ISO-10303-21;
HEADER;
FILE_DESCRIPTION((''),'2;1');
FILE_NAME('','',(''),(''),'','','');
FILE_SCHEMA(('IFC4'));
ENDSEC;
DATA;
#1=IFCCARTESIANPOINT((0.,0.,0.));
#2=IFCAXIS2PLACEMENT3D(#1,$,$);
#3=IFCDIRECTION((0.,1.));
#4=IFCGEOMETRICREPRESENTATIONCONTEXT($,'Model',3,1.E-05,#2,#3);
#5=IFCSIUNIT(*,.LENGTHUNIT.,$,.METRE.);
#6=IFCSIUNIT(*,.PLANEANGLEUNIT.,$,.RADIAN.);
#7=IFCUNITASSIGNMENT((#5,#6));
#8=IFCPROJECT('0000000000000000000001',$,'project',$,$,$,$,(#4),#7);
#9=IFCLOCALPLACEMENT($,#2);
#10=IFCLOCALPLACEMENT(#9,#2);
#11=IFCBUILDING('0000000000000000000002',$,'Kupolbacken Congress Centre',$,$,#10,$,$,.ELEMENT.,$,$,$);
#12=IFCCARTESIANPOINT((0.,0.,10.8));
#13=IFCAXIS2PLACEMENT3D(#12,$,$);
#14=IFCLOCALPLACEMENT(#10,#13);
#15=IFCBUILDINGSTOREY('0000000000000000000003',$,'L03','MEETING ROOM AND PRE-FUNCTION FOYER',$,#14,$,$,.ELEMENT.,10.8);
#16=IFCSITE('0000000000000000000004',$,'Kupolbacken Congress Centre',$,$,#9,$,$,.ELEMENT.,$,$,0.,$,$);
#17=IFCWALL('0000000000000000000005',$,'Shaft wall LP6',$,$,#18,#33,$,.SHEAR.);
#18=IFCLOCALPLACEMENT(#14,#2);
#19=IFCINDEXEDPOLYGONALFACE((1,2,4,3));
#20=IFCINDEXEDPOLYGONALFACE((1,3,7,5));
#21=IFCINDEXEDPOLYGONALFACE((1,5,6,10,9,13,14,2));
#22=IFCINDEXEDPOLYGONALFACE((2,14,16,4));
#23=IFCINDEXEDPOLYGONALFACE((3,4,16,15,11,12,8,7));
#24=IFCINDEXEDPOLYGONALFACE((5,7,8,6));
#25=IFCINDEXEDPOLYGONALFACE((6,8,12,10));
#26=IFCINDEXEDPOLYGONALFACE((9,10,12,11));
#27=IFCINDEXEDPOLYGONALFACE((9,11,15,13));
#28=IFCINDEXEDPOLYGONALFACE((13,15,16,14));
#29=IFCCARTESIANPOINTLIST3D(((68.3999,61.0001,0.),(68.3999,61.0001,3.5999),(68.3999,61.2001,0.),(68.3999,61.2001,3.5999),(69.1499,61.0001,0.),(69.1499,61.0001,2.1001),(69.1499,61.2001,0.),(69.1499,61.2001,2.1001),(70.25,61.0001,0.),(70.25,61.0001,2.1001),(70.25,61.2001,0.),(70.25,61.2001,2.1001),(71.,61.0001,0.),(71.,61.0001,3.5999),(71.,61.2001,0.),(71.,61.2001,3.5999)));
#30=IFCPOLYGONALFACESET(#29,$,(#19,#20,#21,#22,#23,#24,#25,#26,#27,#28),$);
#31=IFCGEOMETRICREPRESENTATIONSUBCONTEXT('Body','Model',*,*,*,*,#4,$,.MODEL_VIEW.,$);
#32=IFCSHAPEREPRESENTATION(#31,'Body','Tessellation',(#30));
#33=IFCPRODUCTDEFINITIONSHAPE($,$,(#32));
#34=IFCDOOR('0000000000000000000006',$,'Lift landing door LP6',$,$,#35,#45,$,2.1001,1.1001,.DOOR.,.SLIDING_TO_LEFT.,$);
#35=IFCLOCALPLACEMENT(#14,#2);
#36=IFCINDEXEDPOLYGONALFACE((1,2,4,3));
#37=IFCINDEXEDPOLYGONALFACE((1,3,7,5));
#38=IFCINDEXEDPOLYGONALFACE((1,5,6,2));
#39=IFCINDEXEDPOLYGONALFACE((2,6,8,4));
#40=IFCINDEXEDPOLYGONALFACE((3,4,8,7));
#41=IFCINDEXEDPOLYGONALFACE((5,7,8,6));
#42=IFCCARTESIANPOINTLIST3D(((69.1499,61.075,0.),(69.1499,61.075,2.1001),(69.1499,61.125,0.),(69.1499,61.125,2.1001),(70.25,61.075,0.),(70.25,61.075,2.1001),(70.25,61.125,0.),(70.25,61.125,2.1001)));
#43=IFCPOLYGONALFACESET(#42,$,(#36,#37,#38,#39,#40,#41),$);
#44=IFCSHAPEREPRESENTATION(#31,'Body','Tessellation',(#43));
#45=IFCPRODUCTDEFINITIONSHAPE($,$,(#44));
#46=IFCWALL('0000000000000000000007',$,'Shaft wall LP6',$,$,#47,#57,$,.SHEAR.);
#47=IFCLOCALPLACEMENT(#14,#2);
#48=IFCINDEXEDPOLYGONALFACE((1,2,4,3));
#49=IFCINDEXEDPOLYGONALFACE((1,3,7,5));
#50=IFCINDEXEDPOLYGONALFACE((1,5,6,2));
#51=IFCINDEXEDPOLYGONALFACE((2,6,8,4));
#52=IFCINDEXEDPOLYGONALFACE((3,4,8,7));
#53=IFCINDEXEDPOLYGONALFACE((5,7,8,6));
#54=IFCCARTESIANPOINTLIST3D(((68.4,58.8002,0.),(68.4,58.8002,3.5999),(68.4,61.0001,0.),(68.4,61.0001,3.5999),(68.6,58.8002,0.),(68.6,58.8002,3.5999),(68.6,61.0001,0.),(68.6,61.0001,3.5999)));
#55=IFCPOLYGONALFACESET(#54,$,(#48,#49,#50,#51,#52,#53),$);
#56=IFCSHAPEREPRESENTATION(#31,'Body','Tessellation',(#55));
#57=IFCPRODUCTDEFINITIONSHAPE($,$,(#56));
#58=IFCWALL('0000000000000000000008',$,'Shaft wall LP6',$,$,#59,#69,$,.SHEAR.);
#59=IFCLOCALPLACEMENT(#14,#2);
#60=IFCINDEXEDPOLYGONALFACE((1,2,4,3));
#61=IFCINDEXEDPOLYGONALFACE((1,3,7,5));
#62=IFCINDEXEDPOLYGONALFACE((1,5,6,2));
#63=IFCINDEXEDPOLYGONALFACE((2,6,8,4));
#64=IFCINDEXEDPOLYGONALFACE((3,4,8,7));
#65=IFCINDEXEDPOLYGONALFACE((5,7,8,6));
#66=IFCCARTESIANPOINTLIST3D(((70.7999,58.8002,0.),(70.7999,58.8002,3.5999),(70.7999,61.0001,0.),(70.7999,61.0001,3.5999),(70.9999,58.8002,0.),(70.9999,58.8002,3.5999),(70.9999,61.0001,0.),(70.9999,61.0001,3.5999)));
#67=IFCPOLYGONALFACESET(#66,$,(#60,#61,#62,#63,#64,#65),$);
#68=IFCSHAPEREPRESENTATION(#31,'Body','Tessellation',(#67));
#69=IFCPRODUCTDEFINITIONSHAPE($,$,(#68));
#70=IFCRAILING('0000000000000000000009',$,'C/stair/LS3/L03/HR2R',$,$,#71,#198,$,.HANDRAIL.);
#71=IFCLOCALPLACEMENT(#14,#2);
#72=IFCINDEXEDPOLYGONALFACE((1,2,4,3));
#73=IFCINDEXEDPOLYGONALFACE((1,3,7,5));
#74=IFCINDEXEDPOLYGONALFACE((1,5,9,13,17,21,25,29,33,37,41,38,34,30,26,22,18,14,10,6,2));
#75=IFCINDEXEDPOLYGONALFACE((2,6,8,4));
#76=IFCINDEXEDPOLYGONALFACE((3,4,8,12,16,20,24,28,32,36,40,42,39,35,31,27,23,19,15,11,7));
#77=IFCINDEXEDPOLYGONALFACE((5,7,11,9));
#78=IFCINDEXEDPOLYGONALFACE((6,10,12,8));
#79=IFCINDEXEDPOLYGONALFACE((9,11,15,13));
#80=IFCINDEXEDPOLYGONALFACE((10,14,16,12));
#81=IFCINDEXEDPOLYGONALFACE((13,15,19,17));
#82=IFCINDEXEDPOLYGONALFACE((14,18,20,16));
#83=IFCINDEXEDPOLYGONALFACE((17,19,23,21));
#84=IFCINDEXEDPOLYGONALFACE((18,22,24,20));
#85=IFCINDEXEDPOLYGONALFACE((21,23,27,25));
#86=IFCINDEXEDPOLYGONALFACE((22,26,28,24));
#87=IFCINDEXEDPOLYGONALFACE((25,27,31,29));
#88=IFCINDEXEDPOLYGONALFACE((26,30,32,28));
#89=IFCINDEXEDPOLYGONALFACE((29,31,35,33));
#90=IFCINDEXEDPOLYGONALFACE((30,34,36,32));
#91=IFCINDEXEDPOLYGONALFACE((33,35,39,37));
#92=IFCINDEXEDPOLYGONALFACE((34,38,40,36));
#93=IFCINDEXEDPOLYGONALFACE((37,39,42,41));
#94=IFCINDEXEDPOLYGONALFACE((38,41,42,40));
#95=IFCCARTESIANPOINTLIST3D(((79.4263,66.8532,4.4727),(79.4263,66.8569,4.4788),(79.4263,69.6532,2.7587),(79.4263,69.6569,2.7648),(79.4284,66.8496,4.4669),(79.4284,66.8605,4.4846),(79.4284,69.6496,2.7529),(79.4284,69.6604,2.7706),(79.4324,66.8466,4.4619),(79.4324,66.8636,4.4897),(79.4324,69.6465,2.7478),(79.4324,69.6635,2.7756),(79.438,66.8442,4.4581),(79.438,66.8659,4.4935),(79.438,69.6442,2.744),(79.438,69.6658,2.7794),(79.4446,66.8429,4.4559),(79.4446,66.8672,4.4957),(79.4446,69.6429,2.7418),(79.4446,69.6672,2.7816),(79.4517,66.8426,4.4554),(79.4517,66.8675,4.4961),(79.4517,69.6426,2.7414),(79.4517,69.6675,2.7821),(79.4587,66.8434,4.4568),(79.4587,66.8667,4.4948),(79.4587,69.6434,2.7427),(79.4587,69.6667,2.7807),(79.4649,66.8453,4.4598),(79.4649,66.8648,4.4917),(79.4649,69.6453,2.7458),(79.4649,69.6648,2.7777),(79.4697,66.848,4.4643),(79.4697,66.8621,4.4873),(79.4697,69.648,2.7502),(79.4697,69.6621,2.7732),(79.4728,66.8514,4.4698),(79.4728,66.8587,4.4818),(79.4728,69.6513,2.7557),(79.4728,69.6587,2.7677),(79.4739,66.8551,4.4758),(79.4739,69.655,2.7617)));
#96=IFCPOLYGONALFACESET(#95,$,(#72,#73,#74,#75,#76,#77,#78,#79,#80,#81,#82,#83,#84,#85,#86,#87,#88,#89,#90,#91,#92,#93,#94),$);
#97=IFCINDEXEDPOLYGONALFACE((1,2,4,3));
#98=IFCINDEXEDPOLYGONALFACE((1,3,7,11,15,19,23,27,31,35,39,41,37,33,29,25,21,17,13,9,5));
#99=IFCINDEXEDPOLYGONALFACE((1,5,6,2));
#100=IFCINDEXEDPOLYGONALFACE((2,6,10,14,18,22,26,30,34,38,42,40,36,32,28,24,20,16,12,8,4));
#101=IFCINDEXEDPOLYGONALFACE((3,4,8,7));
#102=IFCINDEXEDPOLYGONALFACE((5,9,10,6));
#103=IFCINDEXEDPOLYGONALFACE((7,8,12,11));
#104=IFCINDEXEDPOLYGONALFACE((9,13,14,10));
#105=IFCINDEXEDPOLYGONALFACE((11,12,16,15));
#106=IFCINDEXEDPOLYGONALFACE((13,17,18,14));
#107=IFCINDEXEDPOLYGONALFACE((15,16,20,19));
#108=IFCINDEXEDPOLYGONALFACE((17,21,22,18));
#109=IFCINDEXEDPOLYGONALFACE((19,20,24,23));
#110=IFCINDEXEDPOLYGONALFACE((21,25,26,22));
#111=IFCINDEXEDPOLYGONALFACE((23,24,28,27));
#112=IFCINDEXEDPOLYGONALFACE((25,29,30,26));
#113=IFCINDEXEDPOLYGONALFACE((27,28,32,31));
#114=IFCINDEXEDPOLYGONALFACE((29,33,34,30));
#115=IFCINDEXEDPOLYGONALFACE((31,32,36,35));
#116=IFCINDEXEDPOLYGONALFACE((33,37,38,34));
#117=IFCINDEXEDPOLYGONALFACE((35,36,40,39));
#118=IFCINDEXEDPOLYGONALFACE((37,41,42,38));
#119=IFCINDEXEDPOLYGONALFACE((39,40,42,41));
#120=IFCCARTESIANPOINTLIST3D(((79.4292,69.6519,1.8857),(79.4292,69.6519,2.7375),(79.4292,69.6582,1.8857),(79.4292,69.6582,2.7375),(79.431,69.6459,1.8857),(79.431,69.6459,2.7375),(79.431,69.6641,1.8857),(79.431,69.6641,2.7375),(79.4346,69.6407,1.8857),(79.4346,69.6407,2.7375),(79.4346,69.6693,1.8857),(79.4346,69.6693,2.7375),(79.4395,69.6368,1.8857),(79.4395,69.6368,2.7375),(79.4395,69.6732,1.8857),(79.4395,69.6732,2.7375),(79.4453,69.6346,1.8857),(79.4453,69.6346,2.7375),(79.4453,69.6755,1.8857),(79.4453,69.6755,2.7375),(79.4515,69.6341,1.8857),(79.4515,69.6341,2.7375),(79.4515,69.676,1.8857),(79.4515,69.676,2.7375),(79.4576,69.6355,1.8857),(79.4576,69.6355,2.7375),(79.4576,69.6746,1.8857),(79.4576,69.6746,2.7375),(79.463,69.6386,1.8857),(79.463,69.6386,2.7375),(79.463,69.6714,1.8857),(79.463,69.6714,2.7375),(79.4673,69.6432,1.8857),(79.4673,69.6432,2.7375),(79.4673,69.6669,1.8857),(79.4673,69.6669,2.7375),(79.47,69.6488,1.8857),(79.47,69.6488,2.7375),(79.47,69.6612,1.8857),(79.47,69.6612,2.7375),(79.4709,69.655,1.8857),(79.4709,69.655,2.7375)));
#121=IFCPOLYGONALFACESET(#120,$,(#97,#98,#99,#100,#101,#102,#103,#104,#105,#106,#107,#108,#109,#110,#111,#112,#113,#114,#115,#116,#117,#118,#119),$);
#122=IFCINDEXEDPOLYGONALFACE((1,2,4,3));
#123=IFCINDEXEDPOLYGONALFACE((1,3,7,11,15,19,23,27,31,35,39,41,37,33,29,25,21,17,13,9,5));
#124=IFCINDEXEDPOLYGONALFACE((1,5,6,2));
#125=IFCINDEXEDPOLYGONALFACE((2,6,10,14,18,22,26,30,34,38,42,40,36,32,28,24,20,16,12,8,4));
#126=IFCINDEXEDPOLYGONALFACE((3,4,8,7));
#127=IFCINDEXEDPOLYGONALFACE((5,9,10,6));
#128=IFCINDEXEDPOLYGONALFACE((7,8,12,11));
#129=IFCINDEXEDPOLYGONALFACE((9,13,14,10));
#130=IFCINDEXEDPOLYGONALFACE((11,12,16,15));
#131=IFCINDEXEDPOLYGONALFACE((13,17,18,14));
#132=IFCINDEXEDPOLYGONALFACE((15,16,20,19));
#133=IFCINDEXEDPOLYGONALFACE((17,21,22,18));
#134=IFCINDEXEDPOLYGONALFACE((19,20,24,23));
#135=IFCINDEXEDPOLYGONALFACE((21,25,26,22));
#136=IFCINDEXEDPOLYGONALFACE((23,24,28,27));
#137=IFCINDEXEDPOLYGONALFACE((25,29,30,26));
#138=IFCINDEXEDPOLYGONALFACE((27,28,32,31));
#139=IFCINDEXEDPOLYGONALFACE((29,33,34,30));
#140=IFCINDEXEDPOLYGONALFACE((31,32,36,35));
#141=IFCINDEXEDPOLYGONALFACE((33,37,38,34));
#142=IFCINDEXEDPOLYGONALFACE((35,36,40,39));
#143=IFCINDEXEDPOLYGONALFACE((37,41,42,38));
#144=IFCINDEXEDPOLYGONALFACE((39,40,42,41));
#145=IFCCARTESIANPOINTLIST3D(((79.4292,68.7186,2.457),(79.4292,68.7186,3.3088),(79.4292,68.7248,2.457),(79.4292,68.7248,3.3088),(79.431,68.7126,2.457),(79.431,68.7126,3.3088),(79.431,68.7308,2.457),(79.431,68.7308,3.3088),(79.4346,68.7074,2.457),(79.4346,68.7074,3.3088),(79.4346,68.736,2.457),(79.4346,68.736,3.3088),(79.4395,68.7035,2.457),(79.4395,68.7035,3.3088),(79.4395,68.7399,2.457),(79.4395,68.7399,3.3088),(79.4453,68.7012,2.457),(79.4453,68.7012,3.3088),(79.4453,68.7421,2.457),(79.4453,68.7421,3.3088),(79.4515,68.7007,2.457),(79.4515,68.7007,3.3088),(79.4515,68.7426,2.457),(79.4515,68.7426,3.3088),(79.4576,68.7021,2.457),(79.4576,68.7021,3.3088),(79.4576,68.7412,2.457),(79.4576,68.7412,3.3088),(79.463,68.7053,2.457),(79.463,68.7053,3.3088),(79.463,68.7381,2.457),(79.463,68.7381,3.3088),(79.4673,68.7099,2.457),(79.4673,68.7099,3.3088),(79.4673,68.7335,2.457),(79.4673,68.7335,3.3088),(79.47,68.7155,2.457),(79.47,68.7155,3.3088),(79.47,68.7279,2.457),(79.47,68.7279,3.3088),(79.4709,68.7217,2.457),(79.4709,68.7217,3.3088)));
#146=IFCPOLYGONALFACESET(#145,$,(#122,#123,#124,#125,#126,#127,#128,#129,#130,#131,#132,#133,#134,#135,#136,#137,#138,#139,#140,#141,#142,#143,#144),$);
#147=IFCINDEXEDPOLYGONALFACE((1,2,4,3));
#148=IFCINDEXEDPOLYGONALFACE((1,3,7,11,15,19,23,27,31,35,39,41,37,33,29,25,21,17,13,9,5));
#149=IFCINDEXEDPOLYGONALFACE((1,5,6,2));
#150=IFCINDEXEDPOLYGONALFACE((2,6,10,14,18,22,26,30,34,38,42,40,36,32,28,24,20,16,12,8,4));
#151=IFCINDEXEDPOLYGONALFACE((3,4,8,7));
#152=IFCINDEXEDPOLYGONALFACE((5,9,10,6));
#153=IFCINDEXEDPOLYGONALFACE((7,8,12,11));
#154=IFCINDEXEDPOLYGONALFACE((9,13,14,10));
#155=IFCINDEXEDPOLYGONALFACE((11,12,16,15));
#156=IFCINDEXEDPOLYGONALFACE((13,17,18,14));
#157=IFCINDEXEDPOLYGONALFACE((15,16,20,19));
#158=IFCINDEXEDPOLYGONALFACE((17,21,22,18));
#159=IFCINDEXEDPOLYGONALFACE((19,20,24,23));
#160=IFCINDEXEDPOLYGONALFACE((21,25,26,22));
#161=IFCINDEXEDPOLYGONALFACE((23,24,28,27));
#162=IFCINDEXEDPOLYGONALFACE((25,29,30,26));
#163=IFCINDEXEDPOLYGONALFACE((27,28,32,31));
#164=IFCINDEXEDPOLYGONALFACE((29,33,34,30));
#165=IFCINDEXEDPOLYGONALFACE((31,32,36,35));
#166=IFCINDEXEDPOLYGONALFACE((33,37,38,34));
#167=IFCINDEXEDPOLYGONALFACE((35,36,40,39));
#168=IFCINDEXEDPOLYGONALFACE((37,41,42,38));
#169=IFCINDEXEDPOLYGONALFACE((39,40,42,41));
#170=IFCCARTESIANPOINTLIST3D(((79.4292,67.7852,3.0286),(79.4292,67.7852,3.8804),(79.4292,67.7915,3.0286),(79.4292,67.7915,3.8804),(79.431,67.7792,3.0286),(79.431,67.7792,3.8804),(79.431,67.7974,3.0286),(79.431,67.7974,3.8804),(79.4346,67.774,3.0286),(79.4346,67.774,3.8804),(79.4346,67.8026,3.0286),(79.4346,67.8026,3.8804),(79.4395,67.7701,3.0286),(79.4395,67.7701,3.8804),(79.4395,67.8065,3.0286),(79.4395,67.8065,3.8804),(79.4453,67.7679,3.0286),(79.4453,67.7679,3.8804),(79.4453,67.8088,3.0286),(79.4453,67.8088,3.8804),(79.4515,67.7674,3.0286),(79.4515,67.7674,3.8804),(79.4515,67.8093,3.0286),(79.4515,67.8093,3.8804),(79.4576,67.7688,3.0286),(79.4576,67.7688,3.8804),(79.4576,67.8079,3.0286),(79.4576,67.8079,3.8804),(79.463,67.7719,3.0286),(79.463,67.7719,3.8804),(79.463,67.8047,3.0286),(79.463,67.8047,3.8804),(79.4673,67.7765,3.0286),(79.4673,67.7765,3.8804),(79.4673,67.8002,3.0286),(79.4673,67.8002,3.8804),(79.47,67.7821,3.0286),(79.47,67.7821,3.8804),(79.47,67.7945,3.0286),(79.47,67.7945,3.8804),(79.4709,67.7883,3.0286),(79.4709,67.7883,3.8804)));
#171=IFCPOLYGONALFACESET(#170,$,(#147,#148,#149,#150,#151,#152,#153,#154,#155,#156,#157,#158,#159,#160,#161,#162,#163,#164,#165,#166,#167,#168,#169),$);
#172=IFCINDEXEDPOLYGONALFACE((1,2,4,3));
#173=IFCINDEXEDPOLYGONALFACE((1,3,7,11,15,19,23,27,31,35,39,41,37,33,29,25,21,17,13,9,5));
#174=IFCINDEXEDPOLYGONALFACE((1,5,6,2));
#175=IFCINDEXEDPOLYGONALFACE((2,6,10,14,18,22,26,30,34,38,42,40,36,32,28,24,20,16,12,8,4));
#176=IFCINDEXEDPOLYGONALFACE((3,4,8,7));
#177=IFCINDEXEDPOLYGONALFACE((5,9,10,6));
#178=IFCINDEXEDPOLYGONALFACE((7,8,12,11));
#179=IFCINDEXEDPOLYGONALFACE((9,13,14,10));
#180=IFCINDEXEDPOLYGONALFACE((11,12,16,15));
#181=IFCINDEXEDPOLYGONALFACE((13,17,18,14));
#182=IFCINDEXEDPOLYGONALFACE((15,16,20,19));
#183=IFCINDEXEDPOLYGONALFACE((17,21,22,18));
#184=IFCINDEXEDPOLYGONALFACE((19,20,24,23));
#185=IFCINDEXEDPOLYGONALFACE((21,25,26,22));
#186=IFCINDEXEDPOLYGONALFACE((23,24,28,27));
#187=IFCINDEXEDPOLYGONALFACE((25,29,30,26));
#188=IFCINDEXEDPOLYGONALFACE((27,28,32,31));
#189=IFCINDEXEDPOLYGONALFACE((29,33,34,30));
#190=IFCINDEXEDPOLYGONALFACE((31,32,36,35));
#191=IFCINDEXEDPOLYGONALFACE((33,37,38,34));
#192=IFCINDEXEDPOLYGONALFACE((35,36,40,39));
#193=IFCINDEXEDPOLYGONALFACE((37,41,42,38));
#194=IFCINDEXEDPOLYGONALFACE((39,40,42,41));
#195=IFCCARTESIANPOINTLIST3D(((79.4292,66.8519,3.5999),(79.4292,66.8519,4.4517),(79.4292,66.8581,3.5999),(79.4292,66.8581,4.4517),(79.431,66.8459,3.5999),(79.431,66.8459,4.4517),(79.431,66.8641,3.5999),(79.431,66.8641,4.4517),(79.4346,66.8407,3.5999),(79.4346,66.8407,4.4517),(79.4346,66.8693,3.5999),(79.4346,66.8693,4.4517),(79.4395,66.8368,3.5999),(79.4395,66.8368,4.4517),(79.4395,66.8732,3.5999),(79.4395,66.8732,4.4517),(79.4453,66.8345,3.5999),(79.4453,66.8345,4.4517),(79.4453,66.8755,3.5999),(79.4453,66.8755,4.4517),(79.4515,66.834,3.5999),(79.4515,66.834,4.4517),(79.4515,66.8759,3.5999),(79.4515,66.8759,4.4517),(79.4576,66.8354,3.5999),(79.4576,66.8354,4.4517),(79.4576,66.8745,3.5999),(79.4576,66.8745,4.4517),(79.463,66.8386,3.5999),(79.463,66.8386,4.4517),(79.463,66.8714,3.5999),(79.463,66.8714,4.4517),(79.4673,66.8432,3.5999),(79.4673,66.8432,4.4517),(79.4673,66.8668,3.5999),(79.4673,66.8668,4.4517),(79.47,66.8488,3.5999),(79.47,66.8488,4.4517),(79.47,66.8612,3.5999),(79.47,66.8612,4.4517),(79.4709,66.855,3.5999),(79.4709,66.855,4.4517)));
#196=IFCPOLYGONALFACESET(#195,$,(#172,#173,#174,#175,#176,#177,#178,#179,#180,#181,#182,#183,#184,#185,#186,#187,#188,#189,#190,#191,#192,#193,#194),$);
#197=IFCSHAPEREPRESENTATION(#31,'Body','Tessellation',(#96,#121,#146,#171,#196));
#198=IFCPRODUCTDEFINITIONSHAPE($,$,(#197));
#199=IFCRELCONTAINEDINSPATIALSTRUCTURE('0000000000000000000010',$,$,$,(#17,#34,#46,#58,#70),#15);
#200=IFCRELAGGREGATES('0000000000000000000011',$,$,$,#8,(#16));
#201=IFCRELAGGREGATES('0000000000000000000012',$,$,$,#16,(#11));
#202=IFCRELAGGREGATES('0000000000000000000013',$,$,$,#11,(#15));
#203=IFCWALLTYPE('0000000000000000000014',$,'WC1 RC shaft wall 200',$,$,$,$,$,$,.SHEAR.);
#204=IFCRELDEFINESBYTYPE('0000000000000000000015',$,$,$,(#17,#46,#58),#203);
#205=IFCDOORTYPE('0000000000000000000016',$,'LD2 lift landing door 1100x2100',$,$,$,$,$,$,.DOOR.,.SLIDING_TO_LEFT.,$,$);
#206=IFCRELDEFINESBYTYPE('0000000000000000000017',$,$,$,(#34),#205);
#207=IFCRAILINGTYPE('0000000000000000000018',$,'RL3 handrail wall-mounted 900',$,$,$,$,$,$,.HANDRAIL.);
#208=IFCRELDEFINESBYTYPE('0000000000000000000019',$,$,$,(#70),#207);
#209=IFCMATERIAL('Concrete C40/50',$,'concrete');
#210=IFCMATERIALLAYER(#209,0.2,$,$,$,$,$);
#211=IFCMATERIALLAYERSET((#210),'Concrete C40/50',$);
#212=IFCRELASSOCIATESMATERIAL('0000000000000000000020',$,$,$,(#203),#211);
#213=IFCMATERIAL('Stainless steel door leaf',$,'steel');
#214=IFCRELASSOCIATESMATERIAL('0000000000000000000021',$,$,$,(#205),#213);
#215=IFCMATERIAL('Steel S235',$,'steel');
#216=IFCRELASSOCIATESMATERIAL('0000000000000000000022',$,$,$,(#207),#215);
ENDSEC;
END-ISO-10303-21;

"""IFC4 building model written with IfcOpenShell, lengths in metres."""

from ifc_helpers import new_model, si_unit, direction, frame, frame_2d, origin, origin_2d, place, context, subcontext, project, spatial, rectangle, circle, extrude, material, layer, layer_set, type_object, element, fill, save


model = new_model("IFC4")

# Units and contexts
model_context = context("Model", 3, precision=1e-05, world=origin(), true_north=direction((0.0, 1.0)))
body_context = subcontext(model_context, "Body", "Model", "MODEL_VIEW")
ifc_project = project(units=[si_unit("LENGTHUNIT", "METRE"), si_unit("PLANEANGLEUNIT", "RADIAN")], contexts=[model_context])

# Site, building, storey
site_placement = place(None, origin())
site = spatial("IfcSite", under=ifc_project, at=site_placement, Name="Kupolbacken Congress Centre", CompositionType="ELEMENT", RefElevation=0.0)
building_placement = place(site_placement, origin())
building = spatial("IfcBuilding", under=site, at=building_placement, Name="Kupolbacken Congress Centre", CompositionType="ELEMENT")
storey_placement = place(building_placement, frame((0.0, 0.0, 10.8)))
storey = spatial("IfcBuildingStorey", under=building, at=storey_placement, Name="L03", Description="MEETING ROOM AND PRE-FUNCTION FOYER", CompositionType="ELEMENT", Elevation=10.8)

# Shared definitions
ifc_material_1 = material(Name="Concrete C40/50", Category="concrete")
ifc_layer_1 = layer(ifc_material_1, 0.2)
ifc_layer_set_1 = layer_set([ifc_layer_1], Name="Concrete C40/50")
wall_type_1 = type_object("IfcWallType", Name="WC1 RC shaft wall 200", PredefinedType="SHEAR", material=ifc_layer_set_1)

# Wall, opening, door
wall_1_placement = place(storey_placement, frame((68.3999, 61.1001, 0.0), z_axis=(0.0, 0.0, 1.0), x_axis=(1.0, 0.0, 0.0)))
wall_1 = element("IfcWall", 1, at=wall_1_placement, inside=storey, type_object=wall_type_1, Name="Shaft wall LP6", PredefinedType="SHEAR", context=body_context, shape_type="SweptSolid", body=[
    extrude(rectangle(XDim=2.6001, YDim=0.2, at=frame_2d((1.3, 0.0))), origin(), (0.0, 0.0, 1.0), 3.5999),
])
opening_1_placement = place(wall_1_placement, frame((0.75, 0.0, 0.0)))
opening_1 = element("IfcOpeningElement", 2, at=opening_1_placement, cuts=wall_1, PredefinedType="OPENING", context=body_context, shape_type="SweptSolid", body=[
    extrude(rectangle(XDim=1.1001, YDim=2.1001, at=frame_2d((0.55, 1.05))), frame((0.0, 0.1099, 0.0), z_axis=(0.0, -1.0, 0.0), x_axis=(1.0, 0.0, 0.0)), (0.0, 0.0, 1.0), 0.22),
])
ifc_material_2 = material(Name="Stainless steel door leaf", Category="steel")
door_type_1 = type_object("IfcDoorType", Name="LD2 lift landing door 1100x2100", OperationType="SLIDING_TO_LEFT", PredefinedType="DOOR", material=ifc_material_2)
door_1_placement = place(opening_1_placement, origin())
door_1 = element("IfcDoor", 3, at=door_1_placement, inside=storey, type_object=door_type_1, Name="Lift landing door LP6", OperationType="SLIDING_TO_LEFT", OverallHeight=2.1001, OverallWidth=1.1001, PredefinedType="DOOR", context=body_context, shape_type="SweptSolid", body=[
    extrude(rectangle(XDim=1.1001, YDim=2.1001, at=frame_2d((0.55, 1.05))), frame((0.0, 0.0249, 0.0), z_axis=(0.0, -1.0, 0.0), x_axis=(1.0, 0.0, 0.0)), (0.0, 0.0, 1.0), 0.05),
])
fill(opening_1, door_1)

# Walls
for number, where, z_axis, x_axis, name in (
    (4, (68.5, 58.8, 0.0), (0.0, 0.0, 1.0), (0.0, 1.0, 0.0), "Shaft wall LP6"),
    (5, (70.8999, 58.8, 0.0), (0.0, 0.0, 1.0), (0.0, 1.0, 0.0), "Shaft wall LP6"),
):
    element("IfcWall", number, at=place(storey_placement, frame(where, z_axis=z_axis, x_axis=x_axis)), inside=storey, type_object=wall_type_1, Name=name, PredefinedType="SHEAR", context=body_context, shape_type="SweptSolid", body=[
        extrude(rectangle(XDim=2.2, YDim=0.2, at=frame_2d((1.1001, 0.0))), origin(), (0.0, 0.0, 1.0), 3.5999),
    ])

# Railing
ifc_material_3 = material(Name="Steel S235", Category="steel")
railing_type = type_object("IfcRailingType", Name="RL3 handrail wall-mounted 900", PredefinedType="HANDRAIL", material=ifc_material_3)
railing_placement = place(storey_placement, frame((79.45, 69.655, 1.8857)))
element("IfcRailing", 6, at=railing_placement, inside=storey, type_object=railing_type, Name="C/stair/LS3/L03/HR2R", PredefinedType="HANDRAIL", context=body_context, shape_type="SweptSolid", body=[
    extrude(circle(Radius=0.0239, at=origin_2d()), frame((0.0, 0.0, 0.876), z_axis=(0.0, -0.852879, 0.522109), x_axis=(1.0, 0.0, 0.0)), (0.0, 0.0, 1.0), 3.283),
    extrude(circle(Radius=0.021, at=origin_2d()), origin(), (0.0, 0.0, 1.0), 0.8518),
    extrude(circle(Radius=0.021, at=origin_2d()), frame((0.0, -0.9333, 0.5713)), (0.0, 0.0, 1.0), 0.8518),
    extrude(circle(Radius=0.021, at=origin_2d()), frame((0.0, -1.8667, 1.1428)), (0.0, 0.0, 1.0), 0.8518),
    extrude(circle(Radius=0.021, at=origin_2d()), frame((0.0, -2.8, 1.7141)), (0.0, 0.0, 1.0), 0.8518),
])

save(model, "model.ifc")
